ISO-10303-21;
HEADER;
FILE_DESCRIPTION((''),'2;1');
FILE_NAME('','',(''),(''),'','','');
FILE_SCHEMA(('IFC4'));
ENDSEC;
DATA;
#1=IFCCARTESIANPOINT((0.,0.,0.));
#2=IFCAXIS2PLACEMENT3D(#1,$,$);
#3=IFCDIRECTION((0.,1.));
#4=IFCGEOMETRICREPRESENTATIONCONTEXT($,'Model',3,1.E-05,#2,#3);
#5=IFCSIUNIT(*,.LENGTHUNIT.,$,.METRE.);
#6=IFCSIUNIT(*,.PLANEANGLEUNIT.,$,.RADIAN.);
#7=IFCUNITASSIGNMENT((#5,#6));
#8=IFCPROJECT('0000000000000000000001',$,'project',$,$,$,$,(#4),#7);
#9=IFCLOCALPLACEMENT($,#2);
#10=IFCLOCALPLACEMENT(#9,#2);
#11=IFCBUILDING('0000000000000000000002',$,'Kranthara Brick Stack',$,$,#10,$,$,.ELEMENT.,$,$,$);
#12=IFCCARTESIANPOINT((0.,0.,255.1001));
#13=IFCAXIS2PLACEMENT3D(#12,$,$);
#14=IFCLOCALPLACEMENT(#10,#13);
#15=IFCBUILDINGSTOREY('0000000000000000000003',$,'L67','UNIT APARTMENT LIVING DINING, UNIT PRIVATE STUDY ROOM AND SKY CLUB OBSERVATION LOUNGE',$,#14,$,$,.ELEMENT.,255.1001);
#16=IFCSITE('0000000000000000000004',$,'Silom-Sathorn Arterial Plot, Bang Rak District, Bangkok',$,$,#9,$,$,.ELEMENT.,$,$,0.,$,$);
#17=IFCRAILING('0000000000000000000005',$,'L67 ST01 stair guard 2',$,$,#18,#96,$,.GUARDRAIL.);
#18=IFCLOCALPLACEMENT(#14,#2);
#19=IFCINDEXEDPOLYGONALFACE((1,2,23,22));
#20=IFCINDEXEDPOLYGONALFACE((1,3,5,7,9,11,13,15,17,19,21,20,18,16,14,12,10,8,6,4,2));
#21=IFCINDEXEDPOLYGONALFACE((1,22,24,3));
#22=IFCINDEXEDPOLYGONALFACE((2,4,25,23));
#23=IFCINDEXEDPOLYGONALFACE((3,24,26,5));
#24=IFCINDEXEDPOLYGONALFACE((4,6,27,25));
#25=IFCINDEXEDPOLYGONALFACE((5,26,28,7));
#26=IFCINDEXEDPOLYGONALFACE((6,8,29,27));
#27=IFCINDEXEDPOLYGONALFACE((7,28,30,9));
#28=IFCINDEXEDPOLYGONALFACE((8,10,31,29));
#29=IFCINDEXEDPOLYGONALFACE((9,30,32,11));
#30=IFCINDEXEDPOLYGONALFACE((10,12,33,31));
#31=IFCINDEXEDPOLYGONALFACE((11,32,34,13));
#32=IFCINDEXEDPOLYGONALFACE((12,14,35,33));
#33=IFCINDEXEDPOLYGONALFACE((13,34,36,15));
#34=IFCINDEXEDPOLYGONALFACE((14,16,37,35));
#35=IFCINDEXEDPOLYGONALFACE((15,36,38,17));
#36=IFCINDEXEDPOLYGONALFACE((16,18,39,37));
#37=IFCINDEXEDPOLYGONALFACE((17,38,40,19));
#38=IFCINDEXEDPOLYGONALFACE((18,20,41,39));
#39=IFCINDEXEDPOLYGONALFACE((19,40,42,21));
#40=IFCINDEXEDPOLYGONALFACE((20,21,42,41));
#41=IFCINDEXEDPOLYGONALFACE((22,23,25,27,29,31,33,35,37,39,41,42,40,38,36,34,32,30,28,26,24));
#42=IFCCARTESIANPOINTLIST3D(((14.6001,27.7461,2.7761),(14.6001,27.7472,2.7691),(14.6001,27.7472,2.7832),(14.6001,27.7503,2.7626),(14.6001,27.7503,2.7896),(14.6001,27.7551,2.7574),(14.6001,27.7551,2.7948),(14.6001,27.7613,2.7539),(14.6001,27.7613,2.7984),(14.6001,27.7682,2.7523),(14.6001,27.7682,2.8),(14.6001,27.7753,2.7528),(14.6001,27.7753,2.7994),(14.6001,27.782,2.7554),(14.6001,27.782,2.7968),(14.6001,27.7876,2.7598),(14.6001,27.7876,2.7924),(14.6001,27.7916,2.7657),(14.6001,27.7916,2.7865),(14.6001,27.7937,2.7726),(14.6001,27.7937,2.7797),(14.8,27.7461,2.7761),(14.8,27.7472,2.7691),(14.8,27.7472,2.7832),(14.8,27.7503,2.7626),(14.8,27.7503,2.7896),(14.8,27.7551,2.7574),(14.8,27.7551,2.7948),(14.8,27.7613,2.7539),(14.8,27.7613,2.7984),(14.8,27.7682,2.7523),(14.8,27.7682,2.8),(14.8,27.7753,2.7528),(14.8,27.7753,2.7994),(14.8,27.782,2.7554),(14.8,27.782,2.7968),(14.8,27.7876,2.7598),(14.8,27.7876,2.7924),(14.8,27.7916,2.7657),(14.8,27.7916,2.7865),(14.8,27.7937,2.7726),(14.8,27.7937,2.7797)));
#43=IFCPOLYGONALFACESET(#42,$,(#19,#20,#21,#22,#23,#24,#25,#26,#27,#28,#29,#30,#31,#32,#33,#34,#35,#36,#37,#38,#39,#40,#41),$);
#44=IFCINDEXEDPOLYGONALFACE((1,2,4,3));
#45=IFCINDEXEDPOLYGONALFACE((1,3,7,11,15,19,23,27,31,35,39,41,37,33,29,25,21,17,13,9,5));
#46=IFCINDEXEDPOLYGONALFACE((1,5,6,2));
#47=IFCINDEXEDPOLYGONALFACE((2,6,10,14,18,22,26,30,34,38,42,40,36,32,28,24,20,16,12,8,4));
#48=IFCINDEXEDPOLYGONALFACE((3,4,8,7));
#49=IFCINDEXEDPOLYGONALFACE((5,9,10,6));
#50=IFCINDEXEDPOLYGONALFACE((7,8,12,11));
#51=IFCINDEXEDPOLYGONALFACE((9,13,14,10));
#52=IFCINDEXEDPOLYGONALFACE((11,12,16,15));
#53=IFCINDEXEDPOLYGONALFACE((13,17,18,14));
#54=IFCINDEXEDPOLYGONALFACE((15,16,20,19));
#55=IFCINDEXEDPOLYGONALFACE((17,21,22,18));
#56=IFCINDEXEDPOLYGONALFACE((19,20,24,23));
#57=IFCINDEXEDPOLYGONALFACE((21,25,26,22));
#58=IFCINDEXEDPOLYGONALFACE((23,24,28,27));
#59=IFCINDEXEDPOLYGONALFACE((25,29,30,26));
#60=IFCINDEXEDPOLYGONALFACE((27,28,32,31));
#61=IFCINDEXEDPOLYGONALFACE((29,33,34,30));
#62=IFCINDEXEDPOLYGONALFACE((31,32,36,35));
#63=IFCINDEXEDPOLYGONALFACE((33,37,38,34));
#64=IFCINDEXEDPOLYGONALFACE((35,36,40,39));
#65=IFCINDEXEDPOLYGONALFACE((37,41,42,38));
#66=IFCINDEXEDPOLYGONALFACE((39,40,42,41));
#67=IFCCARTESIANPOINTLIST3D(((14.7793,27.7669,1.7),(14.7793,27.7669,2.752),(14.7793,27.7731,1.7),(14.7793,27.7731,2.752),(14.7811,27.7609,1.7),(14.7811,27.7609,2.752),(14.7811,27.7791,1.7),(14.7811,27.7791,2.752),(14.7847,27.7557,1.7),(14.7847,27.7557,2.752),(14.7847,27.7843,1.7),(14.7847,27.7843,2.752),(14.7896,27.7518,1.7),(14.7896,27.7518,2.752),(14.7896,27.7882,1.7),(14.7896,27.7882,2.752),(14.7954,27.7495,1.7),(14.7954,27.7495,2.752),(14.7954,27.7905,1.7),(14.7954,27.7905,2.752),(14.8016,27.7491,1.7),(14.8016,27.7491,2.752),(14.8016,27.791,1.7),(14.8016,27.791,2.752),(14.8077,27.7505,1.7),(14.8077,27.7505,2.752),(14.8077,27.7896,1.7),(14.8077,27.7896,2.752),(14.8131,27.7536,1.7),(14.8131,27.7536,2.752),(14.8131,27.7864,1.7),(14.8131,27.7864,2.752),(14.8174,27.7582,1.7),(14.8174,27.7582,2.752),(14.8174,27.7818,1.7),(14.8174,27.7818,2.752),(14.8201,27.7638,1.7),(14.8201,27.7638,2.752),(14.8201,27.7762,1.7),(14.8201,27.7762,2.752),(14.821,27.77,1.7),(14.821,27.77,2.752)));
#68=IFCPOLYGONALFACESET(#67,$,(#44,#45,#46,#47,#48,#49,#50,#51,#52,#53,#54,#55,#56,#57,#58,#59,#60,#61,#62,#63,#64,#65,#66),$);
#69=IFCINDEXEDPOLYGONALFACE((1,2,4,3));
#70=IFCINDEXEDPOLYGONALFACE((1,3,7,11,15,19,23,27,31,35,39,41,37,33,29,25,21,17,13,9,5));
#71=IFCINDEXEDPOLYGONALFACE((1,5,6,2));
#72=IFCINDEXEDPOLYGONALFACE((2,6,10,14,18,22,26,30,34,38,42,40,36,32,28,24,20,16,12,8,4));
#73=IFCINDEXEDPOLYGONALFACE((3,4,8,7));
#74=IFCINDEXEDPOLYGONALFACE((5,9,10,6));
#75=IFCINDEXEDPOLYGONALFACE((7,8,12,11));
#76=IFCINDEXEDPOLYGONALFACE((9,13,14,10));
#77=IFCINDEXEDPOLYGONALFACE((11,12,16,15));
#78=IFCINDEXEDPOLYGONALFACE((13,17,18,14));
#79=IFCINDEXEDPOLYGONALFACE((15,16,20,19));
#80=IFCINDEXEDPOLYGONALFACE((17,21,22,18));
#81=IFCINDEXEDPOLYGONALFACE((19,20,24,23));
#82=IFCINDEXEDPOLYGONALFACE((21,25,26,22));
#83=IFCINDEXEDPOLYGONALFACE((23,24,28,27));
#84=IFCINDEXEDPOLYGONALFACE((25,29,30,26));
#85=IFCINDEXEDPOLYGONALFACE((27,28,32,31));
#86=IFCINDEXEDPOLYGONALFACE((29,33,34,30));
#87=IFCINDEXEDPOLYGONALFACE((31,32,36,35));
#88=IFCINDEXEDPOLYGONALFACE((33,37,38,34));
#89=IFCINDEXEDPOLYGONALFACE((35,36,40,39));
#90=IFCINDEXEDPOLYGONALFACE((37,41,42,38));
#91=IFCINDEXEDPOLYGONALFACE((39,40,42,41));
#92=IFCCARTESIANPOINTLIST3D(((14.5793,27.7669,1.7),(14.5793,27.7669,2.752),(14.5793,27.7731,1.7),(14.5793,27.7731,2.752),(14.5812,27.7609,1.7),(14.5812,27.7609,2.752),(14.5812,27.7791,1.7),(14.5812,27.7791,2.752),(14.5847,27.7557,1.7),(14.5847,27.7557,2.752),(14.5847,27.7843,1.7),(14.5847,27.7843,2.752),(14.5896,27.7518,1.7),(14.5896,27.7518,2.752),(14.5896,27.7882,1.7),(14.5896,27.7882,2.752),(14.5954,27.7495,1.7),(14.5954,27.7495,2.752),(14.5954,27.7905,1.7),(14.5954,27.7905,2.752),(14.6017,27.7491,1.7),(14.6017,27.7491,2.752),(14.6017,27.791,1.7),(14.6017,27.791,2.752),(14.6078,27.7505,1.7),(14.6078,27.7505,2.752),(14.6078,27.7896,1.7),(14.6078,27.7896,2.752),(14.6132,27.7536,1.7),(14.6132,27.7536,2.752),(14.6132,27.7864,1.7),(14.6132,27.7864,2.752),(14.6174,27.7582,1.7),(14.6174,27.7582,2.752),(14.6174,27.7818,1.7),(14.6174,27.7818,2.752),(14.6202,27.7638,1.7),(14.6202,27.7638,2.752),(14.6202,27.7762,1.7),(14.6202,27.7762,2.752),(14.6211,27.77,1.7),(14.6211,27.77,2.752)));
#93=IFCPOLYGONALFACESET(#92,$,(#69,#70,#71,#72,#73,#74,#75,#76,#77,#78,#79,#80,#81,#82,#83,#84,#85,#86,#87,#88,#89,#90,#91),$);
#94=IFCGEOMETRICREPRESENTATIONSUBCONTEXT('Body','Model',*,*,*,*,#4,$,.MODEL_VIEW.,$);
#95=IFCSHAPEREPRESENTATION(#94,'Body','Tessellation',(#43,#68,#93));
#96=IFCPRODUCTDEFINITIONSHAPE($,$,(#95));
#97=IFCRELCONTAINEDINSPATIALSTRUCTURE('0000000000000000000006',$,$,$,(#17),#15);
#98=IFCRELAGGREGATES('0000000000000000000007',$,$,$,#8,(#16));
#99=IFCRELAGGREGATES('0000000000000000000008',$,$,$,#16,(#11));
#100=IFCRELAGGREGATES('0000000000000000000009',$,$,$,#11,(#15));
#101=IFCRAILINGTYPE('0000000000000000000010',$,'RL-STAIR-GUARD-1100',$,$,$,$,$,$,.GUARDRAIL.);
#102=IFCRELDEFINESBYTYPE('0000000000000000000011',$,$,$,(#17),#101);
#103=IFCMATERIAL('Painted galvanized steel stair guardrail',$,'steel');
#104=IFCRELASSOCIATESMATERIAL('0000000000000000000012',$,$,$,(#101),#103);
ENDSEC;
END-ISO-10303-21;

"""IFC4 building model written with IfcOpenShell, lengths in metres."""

from ifc_helpers import new_model, si_unit, direction, frame, origin, origin_2d, place, context, subcontext, project, spatial, circle, extrude, material, type_object, element, save


model = new_model("IFC4")

# Units and contexts
model_context = context("Model", 3, precision=1e-05, world=origin(), true_north=direction((0.0, 1.0)))
body_context = subcontext(model_context, "Body", "Model", "MODEL_VIEW")
ifc_project = project(units=[si_unit("LENGTHUNIT", "METRE"), si_unit("PLANEANGLEUNIT", "RADIAN")], contexts=[model_context])

# Site, building, storey
site_placement = place(None, origin())
site = spatial("IfcSite", under=ifc_project, at=site_placement, Name="Silom-Sathorn Arterial Plot, Bang Rak District, Bangkok", CompositionType="ELEMENT", RefElevation=0.0)
building_placement = place(site_placement, origin())
building = spatial("IfcBuilding", under=site, at=building_placement, Name="Kranthara Brick Stack", CompositionType="ELEMENT")
storey_placement = place(building_placement, frame((0.0, 0.0, 255.1001)))
storey = spatial("IfcBuildingStorey", under=building, at=storey_placement, Name="L67", Description="UNIT APARTMENT LIVING DINING, UNIT PRIVATE STUDY ROOM AND SKY CLUB OBSERVATION LOUNGE", CompositionType="ELEMENT", Elevation=255.1001)

# Railing
ifc_material_1 = material(Name="Painted galvanized steel stair guardrail", Category="steel")
railing_type_1 = type_object("IfcRailingType", Name="RL-STAIR-GUARD-1100", PredefinedType="GUARDRAIL", material=ifc_material_1)
railing_1_placement = place(storey_placement, frame((14.8, 27.77, 1.7)))
element("IfcRailing", 1, at=railing_1_placement, inside=storey, type_object=railing_type_1, Name="L67 ST01 stair guard 2", PredefinedType="GUARDRAIL", context=body_context, shape_type="SweptSolid", body=[
    extrude(circle(Radius=0.0239, at=origin_2d()), frame((0.0, 0.0, 1.0762), z_axis=(-1.0, 0.0, 0.0), x_axis=(0.0, -1.0, 0.0)), (0.0, 0.0, 1.0), 0.2),
    extrude(circle(Radius=0.021, at=origin_2d()), origin(), (0.0, 0.0, 1.0), 1.052),
    extrude(circle(Radius=0.021, at=origin_2d()), frame((-0.2, 0.0, 0.0)), (0.0, 0.0, 1.0), 1.052),
])

save(model, "model.ifc")
